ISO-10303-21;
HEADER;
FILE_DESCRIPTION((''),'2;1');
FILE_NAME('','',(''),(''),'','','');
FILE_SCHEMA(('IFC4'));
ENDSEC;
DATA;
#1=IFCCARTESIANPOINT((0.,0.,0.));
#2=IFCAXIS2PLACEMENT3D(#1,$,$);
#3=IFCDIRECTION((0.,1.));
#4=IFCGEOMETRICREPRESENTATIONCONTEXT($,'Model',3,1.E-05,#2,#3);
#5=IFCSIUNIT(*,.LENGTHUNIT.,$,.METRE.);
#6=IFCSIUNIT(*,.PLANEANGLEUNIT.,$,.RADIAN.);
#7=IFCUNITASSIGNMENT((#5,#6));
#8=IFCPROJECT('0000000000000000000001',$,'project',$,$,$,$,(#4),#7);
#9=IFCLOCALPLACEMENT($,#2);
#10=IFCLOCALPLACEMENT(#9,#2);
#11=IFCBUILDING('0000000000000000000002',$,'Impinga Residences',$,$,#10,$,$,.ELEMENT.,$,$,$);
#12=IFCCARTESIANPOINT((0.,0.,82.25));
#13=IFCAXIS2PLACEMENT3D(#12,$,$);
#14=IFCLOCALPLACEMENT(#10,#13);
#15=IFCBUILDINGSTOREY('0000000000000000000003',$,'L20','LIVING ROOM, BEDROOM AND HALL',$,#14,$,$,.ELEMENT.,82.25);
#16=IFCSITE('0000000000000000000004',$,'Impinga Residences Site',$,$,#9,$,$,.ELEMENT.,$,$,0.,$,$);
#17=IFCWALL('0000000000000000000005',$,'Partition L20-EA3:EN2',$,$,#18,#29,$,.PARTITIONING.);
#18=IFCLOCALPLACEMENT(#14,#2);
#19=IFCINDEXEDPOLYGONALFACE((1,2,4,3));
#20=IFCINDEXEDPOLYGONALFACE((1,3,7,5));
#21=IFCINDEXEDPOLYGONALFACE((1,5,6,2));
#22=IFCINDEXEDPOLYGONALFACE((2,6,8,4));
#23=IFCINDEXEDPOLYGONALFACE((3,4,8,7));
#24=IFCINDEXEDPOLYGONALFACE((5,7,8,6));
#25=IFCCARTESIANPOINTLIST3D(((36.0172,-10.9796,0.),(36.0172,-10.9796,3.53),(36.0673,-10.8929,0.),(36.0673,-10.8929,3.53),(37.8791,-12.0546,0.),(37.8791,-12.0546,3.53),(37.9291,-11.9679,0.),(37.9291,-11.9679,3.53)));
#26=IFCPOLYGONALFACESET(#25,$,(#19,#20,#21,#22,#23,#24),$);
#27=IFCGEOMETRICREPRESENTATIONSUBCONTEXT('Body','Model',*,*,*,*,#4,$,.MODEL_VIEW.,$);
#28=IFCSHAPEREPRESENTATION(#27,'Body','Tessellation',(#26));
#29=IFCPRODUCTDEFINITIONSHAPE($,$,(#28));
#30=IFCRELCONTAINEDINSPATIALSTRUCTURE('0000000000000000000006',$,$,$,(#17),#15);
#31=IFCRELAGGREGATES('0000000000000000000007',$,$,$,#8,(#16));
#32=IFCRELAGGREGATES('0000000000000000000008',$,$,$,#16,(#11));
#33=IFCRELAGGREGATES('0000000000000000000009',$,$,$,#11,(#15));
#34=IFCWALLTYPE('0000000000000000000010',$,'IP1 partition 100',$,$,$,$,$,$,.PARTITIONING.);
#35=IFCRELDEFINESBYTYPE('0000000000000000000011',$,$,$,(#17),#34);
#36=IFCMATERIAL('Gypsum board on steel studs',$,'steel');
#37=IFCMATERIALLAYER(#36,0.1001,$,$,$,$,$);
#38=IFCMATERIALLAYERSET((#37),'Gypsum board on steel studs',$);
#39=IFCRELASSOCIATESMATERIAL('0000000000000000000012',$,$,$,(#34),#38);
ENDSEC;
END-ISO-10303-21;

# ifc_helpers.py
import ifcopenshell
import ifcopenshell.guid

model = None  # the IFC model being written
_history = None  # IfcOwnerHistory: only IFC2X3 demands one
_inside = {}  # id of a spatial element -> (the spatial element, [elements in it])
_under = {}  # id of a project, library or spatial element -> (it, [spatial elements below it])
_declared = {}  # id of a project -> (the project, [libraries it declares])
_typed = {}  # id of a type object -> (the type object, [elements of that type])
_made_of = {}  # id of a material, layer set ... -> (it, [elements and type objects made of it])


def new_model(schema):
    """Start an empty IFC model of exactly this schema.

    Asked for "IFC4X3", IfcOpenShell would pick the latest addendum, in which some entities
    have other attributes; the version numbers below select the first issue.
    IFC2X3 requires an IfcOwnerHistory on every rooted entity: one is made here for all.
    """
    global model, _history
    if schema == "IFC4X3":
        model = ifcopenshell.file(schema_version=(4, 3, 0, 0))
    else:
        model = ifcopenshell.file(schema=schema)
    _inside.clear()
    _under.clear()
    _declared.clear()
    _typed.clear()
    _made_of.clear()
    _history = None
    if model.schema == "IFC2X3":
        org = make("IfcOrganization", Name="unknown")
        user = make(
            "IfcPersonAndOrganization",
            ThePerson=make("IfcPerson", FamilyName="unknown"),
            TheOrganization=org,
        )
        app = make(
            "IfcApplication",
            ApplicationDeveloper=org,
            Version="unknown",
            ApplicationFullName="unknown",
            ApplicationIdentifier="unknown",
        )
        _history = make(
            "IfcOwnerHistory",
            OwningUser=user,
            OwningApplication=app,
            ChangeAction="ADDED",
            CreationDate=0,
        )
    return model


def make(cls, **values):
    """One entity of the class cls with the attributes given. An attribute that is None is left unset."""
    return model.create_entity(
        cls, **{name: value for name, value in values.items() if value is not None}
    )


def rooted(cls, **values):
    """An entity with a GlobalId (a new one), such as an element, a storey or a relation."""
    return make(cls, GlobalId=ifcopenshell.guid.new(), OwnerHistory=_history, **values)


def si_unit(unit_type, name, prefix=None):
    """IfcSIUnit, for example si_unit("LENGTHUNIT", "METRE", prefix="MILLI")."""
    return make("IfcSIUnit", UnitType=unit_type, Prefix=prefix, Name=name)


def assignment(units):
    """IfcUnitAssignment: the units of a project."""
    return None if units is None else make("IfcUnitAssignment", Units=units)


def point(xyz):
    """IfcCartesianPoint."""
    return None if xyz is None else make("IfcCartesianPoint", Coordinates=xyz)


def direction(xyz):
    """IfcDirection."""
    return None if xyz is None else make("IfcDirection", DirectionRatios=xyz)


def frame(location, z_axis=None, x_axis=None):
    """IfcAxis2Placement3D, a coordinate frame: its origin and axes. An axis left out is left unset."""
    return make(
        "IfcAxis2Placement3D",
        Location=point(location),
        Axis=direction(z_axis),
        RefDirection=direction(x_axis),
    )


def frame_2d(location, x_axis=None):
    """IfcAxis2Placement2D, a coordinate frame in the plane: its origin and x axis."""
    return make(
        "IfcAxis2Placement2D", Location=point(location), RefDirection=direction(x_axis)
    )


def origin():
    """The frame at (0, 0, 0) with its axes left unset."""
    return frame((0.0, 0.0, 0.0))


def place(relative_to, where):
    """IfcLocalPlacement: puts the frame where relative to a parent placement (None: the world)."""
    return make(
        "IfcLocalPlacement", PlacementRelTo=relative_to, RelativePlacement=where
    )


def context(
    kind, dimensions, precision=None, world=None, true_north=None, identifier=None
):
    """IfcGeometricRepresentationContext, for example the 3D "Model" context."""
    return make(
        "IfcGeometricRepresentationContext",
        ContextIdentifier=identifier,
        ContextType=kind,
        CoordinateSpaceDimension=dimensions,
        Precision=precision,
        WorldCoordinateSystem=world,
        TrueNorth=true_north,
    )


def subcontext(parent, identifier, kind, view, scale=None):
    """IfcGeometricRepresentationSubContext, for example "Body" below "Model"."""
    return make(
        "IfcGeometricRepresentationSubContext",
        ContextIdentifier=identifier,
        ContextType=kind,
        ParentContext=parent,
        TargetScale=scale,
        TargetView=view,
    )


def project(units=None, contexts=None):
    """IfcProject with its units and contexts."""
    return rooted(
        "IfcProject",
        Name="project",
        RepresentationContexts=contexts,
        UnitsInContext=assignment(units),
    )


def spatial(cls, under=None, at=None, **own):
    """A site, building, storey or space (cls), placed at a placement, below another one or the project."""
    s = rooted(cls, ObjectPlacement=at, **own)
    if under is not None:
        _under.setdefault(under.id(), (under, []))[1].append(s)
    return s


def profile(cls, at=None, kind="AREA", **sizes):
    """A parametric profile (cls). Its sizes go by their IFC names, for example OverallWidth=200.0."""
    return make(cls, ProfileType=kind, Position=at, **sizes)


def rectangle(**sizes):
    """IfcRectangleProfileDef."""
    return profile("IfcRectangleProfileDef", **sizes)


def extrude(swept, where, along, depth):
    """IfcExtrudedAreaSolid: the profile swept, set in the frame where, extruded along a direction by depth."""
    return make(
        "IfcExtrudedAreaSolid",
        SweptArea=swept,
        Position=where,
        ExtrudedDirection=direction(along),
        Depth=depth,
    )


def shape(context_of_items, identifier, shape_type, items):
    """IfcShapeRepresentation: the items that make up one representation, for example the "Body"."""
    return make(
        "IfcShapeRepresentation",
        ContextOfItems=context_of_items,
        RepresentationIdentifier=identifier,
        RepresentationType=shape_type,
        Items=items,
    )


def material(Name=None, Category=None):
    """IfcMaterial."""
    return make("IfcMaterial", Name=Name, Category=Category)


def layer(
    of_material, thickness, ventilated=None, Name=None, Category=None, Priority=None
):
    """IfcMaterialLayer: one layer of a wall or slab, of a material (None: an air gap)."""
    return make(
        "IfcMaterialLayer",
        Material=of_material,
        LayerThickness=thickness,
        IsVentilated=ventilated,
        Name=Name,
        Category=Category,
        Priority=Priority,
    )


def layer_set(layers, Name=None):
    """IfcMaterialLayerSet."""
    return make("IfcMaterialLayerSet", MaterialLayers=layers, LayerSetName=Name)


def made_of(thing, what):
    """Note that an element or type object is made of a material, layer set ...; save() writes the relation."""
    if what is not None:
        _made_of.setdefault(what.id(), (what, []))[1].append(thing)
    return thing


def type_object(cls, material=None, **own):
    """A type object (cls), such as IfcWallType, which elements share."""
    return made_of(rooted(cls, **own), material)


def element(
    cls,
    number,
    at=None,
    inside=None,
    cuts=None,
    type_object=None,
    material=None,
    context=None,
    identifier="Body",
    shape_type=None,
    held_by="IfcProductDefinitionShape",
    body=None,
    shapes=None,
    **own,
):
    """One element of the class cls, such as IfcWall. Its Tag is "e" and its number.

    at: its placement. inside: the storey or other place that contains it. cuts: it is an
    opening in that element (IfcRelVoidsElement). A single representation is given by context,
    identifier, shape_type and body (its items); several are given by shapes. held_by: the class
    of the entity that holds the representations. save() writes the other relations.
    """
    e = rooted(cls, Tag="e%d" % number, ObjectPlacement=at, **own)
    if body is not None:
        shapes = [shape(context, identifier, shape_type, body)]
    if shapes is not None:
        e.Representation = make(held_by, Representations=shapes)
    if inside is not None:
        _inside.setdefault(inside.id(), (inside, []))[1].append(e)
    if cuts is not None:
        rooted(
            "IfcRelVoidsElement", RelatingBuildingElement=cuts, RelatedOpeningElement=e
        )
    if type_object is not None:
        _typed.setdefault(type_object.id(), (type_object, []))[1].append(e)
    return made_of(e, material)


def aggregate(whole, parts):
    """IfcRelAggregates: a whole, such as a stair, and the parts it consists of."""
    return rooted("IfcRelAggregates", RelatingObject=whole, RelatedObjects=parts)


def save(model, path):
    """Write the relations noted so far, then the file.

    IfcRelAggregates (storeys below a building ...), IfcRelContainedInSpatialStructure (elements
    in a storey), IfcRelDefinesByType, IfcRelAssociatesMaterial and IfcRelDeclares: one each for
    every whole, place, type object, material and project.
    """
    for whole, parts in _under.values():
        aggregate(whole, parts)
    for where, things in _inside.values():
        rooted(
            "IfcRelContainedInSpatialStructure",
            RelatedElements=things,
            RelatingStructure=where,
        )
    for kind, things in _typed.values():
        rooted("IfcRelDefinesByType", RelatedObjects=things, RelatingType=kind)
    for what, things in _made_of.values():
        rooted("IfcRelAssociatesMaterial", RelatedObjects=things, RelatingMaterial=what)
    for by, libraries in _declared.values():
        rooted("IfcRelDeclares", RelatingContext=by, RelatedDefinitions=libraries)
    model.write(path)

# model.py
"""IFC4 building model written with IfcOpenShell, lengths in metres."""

from ifc_helpers import new_model, si_unit, direction, frame, frame_2d, origin, place, context, subcontext, project, spatial, rectangle, extrude, material, layer, layer_set, type_object, element, save


model = new_model("IFC4")

# Units and contexts
model_context = context("Model", 3, precision=1e-05, world=origin(), true_north=direction((0.0, 1.0)))
body_context = subcontext(model_context, "Body", "Model", "MODEL_VIEW")
ifc_project = project(units=[si_unit("LENGTHUNIT", "METRE"), si_unit("PLANEANGLEUNIT", "RADIAN")], contexts=[model_context])

# Site, building, storey
site_placement = place(None, origin())
site = spatial("IfcSite", under=ifc_project, at=site_placement, Name="Impinga Residences Site", CompositionType="ELEMENT", RefElevation=0.0)
building_placement = place(site_placement, origin())
building = spatial("IfcBuilding", under=site, at=building_placement, Name="Impinga Residences", CompositionType="ELEMENT")
storey_placement = place(building_placement, frame((0.0, 0.0, 82.25)))
storey = spatial("IfcBuildingStorey", under=building, at=storey_placement, Name="L20", Description="LIVING ROOM, BEDROOM AND HALL", CompositionType="ELEMENT", Elevation=82.25)

# Shared definitions
ifc_material_1 = material(Name="Gypsum board on steel studs", Category="steel")
ifc_layer_1 = layer(ifc_material_1, 0.1001)
ifc_layer_set_1 = layer_set([ifc_layer_1], Name="Gypsum board on steel studs")
wall_type_1 = type_object("IfcWallType", Name="IP1 partition 100", PredefinedType="PARTITIONING", material=ifc_layer_set_1)

# Wall
wall_1_placement = place(storey_placement, frame((36.0422, -10.9363, 0.0), z_axis=(0.0, 0.0, 1.0), x_axis=(0.866019, -0.500011, 0.0)))
element("IfcWall", 1, at=wall_1_placement, inside=storey, type_object=wall_type_1, Name="Partition L20-EA3:EN2", PredefinedType="PARTITIONING", context=body_context, shape_type="SweptSolid", body=[
    extrude(rectangle(XDim=2.1499, YDim=0.1001, at=frame_2d((1.075, 0.0))), origin(), (0.0, 0.0, 1.0), 3.53),
])

save(model, "model.ifc")
